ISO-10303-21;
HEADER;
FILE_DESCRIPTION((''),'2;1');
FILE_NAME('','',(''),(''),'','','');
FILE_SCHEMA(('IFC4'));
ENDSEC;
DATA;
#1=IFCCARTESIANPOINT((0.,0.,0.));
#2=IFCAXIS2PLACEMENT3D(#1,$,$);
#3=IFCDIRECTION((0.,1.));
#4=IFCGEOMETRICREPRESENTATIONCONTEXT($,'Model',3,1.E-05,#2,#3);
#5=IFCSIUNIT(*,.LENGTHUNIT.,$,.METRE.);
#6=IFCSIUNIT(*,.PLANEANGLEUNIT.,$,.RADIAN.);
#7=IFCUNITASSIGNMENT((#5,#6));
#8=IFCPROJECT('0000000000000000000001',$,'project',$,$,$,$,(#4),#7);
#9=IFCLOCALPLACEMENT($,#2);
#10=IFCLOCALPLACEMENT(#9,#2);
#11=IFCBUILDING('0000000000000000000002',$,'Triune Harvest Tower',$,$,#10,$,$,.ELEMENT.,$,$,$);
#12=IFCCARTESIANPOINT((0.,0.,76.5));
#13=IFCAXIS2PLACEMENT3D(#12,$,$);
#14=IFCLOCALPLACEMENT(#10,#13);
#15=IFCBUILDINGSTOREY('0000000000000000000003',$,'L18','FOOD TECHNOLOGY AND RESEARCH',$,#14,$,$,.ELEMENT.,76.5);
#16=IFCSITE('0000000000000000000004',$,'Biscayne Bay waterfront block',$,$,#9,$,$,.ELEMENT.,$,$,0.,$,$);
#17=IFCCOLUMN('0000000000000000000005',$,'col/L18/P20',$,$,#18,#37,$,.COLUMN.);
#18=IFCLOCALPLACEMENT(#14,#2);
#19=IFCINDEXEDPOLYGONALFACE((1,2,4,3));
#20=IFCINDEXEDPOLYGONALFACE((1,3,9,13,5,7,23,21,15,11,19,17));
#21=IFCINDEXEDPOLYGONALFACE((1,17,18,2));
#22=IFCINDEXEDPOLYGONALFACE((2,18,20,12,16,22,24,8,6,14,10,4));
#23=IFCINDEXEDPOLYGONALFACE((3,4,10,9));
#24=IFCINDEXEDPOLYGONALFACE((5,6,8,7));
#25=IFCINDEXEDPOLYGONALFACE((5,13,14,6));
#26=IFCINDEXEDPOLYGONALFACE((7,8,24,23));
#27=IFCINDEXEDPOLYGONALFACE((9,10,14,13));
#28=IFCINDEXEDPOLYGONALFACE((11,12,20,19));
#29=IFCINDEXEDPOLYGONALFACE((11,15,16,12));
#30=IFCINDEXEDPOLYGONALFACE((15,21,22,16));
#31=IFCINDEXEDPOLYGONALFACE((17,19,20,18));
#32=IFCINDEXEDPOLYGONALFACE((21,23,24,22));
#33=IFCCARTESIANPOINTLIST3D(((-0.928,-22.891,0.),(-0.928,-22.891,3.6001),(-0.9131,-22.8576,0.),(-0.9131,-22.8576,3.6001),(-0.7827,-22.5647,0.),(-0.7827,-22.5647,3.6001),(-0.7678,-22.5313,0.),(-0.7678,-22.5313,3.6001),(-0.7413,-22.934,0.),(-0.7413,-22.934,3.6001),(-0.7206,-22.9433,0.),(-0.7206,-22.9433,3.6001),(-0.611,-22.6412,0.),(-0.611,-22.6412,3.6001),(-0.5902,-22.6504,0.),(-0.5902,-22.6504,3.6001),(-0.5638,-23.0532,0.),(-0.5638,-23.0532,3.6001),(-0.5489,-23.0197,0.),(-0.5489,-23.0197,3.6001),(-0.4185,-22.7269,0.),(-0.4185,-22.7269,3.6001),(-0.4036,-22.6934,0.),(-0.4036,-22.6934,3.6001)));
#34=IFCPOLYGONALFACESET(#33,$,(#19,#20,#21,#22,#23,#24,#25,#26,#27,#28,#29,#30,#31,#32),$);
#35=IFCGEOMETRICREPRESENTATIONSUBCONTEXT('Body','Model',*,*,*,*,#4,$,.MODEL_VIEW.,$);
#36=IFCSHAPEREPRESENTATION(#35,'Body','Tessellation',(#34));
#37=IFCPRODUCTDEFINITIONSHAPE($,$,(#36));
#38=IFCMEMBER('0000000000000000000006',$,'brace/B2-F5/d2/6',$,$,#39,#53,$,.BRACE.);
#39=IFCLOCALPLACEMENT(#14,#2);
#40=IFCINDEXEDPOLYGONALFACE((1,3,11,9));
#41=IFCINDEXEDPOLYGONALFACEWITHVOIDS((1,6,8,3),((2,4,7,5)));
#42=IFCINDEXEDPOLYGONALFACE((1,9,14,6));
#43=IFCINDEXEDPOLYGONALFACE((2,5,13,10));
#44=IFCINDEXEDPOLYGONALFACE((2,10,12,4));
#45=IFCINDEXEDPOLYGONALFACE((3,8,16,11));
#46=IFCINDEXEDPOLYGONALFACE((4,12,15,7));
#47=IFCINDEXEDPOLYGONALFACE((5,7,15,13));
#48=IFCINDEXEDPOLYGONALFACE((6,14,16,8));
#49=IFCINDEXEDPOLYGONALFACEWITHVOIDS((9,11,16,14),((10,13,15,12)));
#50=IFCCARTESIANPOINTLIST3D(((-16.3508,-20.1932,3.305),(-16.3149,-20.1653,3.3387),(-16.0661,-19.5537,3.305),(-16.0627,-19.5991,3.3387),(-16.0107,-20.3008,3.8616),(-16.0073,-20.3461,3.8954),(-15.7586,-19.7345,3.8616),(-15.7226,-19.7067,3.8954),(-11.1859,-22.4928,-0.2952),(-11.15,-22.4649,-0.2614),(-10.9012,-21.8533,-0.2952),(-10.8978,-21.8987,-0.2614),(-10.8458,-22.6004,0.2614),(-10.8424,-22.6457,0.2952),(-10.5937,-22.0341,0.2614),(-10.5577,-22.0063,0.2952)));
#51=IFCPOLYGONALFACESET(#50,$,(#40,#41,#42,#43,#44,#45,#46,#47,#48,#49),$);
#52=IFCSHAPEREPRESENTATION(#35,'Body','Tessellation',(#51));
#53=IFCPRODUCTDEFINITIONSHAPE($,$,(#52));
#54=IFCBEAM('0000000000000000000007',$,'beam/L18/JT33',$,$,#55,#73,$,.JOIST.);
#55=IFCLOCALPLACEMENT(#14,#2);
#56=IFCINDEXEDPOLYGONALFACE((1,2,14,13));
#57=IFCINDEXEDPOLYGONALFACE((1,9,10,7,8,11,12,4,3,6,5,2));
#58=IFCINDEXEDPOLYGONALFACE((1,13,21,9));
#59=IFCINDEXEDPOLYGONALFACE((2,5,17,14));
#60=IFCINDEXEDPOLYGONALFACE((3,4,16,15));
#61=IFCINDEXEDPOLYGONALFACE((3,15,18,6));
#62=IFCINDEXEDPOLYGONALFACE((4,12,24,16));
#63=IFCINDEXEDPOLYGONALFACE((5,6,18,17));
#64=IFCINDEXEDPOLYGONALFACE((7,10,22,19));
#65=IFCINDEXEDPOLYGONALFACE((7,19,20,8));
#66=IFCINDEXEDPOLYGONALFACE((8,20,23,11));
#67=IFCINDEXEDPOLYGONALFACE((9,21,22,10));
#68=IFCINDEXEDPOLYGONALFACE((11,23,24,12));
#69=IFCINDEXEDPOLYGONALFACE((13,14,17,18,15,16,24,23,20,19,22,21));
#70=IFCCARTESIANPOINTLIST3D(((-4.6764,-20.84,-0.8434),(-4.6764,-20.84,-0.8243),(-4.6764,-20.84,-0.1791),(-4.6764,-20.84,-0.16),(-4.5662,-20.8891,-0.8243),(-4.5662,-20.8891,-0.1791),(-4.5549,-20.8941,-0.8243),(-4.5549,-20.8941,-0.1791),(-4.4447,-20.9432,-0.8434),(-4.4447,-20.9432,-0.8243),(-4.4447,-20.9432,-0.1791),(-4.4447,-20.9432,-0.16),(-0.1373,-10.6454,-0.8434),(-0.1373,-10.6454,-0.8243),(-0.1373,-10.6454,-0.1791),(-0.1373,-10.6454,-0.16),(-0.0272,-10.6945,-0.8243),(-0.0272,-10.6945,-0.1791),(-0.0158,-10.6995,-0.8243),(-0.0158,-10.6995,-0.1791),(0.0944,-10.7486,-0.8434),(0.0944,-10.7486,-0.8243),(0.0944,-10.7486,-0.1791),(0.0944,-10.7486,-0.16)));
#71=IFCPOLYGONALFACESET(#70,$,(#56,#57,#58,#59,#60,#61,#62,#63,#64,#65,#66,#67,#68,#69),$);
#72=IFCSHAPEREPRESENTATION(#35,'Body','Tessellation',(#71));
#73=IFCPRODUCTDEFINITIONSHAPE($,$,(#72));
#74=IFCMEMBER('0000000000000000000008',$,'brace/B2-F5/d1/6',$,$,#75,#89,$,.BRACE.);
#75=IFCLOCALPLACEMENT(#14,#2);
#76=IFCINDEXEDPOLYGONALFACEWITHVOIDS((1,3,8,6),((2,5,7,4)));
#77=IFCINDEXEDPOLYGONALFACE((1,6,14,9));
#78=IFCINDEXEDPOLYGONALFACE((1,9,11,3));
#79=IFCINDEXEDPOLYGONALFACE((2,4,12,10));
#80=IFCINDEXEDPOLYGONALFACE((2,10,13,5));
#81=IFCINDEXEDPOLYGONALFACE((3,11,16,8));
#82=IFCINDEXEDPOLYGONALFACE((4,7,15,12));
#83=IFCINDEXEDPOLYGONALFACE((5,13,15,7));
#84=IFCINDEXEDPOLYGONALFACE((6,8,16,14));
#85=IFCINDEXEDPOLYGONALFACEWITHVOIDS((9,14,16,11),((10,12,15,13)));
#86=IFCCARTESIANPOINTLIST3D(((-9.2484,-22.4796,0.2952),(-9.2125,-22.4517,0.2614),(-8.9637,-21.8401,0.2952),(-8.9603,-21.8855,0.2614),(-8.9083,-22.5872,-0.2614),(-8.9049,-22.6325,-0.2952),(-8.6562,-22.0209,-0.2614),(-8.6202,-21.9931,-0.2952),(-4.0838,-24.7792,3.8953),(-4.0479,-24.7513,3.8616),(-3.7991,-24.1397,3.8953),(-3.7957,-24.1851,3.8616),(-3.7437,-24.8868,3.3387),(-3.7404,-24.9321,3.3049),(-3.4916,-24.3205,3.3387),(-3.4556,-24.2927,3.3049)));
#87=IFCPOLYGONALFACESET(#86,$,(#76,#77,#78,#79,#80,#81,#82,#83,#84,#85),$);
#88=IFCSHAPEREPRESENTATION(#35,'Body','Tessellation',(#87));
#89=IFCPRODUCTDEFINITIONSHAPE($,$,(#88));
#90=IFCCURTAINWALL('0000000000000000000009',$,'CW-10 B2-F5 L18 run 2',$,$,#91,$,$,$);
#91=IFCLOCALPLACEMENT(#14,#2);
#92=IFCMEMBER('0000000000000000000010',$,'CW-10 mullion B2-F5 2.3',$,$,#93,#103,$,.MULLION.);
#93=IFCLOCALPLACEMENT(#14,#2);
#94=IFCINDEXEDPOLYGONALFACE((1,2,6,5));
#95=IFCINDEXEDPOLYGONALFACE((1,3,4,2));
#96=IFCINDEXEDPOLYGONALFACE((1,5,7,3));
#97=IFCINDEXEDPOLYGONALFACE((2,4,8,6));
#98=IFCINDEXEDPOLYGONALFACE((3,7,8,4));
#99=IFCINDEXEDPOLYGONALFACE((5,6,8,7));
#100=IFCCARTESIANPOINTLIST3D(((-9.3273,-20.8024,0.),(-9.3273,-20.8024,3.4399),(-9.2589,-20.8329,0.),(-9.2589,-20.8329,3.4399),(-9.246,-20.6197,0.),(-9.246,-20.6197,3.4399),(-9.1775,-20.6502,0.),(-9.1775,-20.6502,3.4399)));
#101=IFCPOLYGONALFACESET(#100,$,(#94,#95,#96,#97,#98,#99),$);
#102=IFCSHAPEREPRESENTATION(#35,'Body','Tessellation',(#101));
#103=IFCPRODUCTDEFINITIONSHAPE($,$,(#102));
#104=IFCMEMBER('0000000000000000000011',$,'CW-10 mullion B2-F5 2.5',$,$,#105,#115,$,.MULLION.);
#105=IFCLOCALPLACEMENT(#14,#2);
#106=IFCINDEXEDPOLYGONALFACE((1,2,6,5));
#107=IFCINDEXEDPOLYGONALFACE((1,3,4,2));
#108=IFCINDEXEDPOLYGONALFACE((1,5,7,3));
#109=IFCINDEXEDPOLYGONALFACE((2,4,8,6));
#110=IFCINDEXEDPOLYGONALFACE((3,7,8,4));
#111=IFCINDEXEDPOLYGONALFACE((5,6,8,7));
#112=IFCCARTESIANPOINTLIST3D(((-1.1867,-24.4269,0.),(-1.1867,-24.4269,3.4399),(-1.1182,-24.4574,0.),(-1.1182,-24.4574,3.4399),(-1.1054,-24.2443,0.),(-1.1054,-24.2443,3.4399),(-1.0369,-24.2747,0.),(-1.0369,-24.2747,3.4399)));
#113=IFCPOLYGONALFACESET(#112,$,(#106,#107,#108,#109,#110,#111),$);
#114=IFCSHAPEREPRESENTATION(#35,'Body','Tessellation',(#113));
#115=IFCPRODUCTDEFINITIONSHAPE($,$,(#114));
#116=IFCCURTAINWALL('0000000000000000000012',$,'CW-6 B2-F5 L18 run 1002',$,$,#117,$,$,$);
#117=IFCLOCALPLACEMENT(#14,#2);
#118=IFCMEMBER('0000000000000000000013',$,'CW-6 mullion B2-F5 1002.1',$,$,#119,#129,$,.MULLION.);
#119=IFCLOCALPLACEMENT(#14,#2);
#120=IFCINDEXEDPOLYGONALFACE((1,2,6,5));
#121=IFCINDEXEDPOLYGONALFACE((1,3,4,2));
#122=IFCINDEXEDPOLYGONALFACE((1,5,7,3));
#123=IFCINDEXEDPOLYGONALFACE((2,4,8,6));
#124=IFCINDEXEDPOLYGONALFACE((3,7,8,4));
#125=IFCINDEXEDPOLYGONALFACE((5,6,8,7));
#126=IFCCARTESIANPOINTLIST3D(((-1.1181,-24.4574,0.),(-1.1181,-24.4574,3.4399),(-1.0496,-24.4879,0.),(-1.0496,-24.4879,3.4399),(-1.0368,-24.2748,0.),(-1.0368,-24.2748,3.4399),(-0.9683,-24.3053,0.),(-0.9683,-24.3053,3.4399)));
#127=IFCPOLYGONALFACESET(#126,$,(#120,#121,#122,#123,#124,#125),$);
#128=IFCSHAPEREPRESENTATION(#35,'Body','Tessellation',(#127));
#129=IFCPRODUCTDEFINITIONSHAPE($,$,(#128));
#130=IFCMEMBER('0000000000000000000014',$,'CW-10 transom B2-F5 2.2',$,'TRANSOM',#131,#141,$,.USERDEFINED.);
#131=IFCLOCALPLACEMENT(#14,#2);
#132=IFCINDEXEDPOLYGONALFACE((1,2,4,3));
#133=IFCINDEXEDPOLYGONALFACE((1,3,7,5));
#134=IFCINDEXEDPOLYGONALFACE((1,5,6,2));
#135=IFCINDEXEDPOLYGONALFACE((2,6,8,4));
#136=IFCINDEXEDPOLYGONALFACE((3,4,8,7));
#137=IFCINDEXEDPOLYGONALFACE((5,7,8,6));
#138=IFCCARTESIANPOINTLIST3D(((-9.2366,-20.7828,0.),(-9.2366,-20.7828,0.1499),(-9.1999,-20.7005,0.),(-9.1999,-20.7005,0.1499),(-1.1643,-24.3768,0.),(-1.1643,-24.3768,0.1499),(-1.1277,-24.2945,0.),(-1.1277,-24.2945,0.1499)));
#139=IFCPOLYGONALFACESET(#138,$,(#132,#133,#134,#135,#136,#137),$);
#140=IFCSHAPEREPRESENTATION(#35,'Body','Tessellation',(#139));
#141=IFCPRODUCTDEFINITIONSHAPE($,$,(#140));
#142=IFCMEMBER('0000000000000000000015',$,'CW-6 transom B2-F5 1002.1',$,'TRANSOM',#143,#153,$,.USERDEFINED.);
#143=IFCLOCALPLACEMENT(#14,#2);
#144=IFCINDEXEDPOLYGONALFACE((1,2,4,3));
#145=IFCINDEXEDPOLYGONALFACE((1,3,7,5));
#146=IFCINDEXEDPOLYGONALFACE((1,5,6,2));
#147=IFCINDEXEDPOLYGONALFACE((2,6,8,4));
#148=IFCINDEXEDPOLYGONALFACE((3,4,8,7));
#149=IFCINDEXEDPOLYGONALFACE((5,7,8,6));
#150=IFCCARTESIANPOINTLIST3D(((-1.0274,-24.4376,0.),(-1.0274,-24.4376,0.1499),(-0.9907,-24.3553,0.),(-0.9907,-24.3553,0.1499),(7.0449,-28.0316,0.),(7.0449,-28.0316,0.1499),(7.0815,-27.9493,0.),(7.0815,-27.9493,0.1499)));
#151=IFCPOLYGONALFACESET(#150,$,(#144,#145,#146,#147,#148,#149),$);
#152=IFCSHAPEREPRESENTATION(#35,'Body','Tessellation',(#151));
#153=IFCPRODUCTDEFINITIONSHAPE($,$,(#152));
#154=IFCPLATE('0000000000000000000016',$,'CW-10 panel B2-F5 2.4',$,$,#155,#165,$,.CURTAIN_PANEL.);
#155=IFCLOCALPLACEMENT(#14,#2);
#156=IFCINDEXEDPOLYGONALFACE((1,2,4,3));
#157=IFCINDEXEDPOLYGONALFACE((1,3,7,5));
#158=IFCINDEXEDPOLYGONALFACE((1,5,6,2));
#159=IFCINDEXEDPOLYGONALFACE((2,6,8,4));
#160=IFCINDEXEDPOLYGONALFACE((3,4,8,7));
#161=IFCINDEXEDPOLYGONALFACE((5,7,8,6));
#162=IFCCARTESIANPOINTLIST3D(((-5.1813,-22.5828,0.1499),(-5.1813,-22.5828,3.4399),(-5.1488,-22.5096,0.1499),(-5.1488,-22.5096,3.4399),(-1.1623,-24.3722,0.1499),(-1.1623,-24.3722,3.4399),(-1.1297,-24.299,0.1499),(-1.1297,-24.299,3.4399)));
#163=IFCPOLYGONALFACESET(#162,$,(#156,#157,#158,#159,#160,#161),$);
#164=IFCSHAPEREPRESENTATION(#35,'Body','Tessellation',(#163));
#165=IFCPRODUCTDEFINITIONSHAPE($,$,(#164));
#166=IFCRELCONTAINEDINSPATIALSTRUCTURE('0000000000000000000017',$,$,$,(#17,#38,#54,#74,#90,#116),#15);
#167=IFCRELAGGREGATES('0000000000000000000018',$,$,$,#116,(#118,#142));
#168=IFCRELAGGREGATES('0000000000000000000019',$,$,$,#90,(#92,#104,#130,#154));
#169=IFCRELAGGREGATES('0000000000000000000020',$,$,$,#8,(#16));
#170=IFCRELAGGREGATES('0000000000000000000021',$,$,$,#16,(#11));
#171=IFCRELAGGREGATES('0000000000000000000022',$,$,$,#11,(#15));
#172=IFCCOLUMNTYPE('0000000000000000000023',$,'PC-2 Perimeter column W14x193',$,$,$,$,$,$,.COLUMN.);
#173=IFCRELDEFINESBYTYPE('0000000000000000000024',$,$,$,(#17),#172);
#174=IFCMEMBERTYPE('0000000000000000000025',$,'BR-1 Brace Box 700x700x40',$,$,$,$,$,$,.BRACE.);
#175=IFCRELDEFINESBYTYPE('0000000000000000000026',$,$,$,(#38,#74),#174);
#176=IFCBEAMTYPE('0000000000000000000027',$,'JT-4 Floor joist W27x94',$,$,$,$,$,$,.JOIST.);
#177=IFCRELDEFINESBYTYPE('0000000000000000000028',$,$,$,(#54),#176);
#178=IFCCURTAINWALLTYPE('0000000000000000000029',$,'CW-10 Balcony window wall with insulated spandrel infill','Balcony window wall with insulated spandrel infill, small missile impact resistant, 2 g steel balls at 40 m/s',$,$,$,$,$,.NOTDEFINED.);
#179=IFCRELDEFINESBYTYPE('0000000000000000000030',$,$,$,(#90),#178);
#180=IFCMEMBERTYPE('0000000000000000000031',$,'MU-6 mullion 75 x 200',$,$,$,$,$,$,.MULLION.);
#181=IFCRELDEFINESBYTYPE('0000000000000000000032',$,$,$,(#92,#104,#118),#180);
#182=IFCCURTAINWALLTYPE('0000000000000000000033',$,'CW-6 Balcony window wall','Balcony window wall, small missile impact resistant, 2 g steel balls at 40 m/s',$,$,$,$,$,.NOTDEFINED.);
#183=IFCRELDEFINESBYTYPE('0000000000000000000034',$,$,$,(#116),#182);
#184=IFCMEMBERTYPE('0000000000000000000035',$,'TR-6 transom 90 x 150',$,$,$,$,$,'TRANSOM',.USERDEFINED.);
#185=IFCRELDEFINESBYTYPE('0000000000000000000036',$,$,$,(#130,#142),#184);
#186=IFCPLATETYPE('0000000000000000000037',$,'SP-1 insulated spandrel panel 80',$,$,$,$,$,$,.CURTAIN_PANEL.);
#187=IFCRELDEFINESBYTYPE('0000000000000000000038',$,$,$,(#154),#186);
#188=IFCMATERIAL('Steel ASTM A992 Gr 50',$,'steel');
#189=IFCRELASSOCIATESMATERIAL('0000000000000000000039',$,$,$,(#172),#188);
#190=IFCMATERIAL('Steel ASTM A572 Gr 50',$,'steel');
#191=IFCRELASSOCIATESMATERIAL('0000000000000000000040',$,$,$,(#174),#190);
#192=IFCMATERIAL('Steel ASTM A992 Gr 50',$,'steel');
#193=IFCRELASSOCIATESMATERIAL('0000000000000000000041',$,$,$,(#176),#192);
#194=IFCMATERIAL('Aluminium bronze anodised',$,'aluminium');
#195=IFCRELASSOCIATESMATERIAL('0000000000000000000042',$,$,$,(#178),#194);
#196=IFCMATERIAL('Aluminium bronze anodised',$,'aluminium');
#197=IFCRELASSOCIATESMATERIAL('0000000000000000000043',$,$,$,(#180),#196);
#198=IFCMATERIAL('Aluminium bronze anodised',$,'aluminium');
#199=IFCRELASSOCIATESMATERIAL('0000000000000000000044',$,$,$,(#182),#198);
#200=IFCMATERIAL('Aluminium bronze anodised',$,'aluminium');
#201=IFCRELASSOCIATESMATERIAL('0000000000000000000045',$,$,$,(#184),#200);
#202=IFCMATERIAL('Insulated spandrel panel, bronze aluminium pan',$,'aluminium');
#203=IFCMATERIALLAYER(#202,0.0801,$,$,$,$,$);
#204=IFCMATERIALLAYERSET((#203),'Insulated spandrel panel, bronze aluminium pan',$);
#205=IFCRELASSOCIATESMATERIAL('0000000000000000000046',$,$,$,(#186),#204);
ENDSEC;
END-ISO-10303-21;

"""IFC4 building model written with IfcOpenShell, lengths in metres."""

from ifc_helpers import new_model, si_unit, direction, frame, origin, origin_2d, place, context, subcontext, project, spatial, rectangle, hollow_rectangle, i_section, extrude, source, transform, mapped, material, layer, layer_set, material_profile, profile_set, type_object, element, aggregate, save


model = new_model("IFC4")

# Units and contexts
model_context = context("Model", 3, precision=1e-05, world=origin(), true_north=direction((0.0, 1.0)))
body_context = subcontext(model_context, "Body", "Model", "MODEL_VIEW")
ifc_project = project(units=[si_unit("LENGTHUNIT", "METRE"), si_unit("PLANEANGLEUNIT", "RADIAN")], contexts=[model_context])

# Site, building, storey
site_placement = place(None, origin())
site = spatial("IfcSite", under=ifc_project, at=site_placement, Name="Biscayne Bay waterfront block", CompositionType="ELEMENT", RefElevation=0.0)
building_placement = place(site_placement, origin())
building = spatial("IfcBuilding", under=site, at=building_placement, Name="Triune Harvest Tower", CompositionType="ELEMENT")
storey_placement = place(building_placement, frame((0.0, 0.0, 76.5)))
storey = spatial("IfcBuildingStorey", under=building, at=storey_placement, Name="L18", Description="FOOD TECHNOLOGY AND RESEARCH", CompositionType="ELEMENT", Elevation=76.5)

# Column
ifc_material_1 = material(Name="Steel ASTM A992 Gr 50", Category="steel")
ifc_material_profile_1 = material_profile(ifc_material_1, i_section(OverallWidth=0.3987, OverallDepth=0.3938, WebThickness=0.0227, FlangeThickness=0.0366, at=origin_2d()), Name="W14x193")
ifc_profile_set_1 = profile_set([ifc_material_profile_1], Name="Steel ASTM A992 Gr 50")
column_type = type_object("IfcColumnType", Name="PC-2 Perimeter column W14x193", PredefinedType="COLUMN", material=ifc_profile_set_1)
shared_shape_1 = source(origin(), body_context, "Body", "SweptSolid", [
    extrude(i_section(OverallWidth=0.3987, OverallDepth=0.3938, WebThickness=0.0227, FlangeThickness=0.0366, at=origin_2d()), origin(), (0.0, 0.0, 1.0), 3.6001),
])
column_placement = place(storey_placement, frame((-0.6658, -22.7922, 0.0), z_axis=(0.0, 0.0, 1.0), x_axis=(0.913545, -0.406737, 0.0)))
element("IfcColumn", 1, at=column_placement, inside=storey, type_object=column_type, Name="col/L18/P20", PredefinedType="COLUMN", context=body_context, shape_type="MappedRepresentation", body=[
    mapped(shared_shape_1, transform((0.0, 0.0, 0.0), scale=1.0)),
])

# Member
ifc_material_2 = material(Name="Steel ASTM A572 Gr 50", Category="steel")
ifc_material_profile_2 = material_profile(ifc_material_2, hollow_rectangle(XDim=0.7, YDim=0.7, WallThickness=0.04, at=origin_2d()), Name="Box 700x700x40")
ifc_profile_set_2 = profile_set([ifc_material_profile_2], Name="Steel ASTM A572 Gr 50")
member_type_1 = type_object("IfcMemberType", Name="BR-1 Brace Box 700x700x40", PredefinedType="BRACE", material=ifc_profile_set_2)
member_1_placement = place(storey_placement, frame((-10.8718, -22.2495, 0.0), z_axis=(-0.770575, 0.343089, 0.537126), x_axis=(-0.406743, -0.913542, 0.0)))
element("IfcMember", 2, at=member_1_placement, inside=storey, type_object=member_type_1, Name="brace/B2-F5/d2/6", PredefinedType="BRACE", context=body_context, shape_type="SweptSolid", body=[
    extrude(hollow_rectangle(XDim=0.7, YDim=0.7, WallThickness=0.04, at=origin_2d()), origin(), (0.0, 0.0, 1.0), 6.7026),
])

# Beam
ifc_material_3 = material(Name="Steel ASTM A992 Gr 50", Category="steel")
ifc_material_profile_3 = material_profile(ifc_material_3, i_section(OverallWidth=0.2537, OverallDepth=0.6833, WebThickness=0.0125, FlangeThickness=0.019, at=origin_2d()), Name="W27x94")
ifc_profile_set_3 = profile_set([ifc_material_profile_3], Name="Steel ASTM A992 Gr 50")
beam_type = type_object("IfcBeamType", Name="JT-4 Floor joist W27x94", PredefinedType="JOIST", material=ifc_profile_set_3)
shared_shape_2 = source(origin(), body_context, "Body", "SweptSolid", [
    extrude(i_section(OverallWidth=0.2537, OverallDepth=0.6833, WebThickness=0.0125, FlangeThickness=0.019, at=origin_2d()), origin(), (0.0, 0.0, 1.0), 11.1594),
])
beam_placement = place(storey_placement, frame((-4.5605, -20.8916, -0.5017), z_axis=(0.406747, 0.913541, 0.0), x_axis=(-0.913541, 0.406747, 0.0)))
element("IfcBeam", 3, at=beam_placement, inside=storey, type_object=beam_type, Name="beam/L18/JT33", PredefinedType="JOIST", context=body_context, shape_type="MappedRepresentation", body=[
    mapped(shared_shape_2, transform((0.0, 0.0, 0.0), scale=1.0)),
])

# Member
shared_shape_3 = source(origin(), body_context, "Body", "SweptSolid", [
    extrude(hollow_rectangle(XDim=0.7, YDim=0.7, WallThickness=0.04, at=origin_2d()), origin(), (0.0, 0.0, 1.0), 6.7024),
])
member_2_placement = place(storey_placement, frame((-8.9343, -22.2363, 0.0), z_axis=(0.77056, -0.343099, 0.537141), x_axis=(0.406759, 0.913535, 0.0)))
element("IfcMember", 4, at=member_2_placement, inside=storey, type_object=member_type_1, Name="brace/B2-F5/d1/6", PredefinedType="BRACE", context=body_context, shape_type="MappedRepresentation", body=[
    mapped(shared_shape_3, transform((0.0, 0.0, 0.0), scale=1.0)),
])

# Curtain wall, members
ifc_material_4 = material(Name="Aluminium bronze anodised", Category="aluminium")
curtain_wall_type_1 = type_object("IfcCurtainWallType", Name="CW-10 Balcony window wall with insulated spandrel infill", Description="Balcony window wall with insulated spandrel infill, small missile impact resistant, 2 g steel balls at 40 m/s", PredefinedType="NOTDEFINED", material=ifc_material_4)
curtain_wall_1_placement = place(storey_placement, origin())
curtain_wall_1 = element("IfcCurtainWall", 5, at=curtain_wall_1_placement, inside=storey, type_object=curtain_wall_type_1, Name="CW-10 B2-F5 L18 run 2")
ifc_material_5 = material(Name="Aluminium bronze anodised", Category="aluminium")
ifc_material_profile_4 = material_profile(ifc_material_5, rectangle(XDim=0.2, YDim=0.075, at=origin_2d()), Name="MU-6 mullion 75 x 200")
ifc_profile_set_4 = profile_set([ifc_material_profile_4], Name="Aluminium bronze anodised")
member_type_2 = type_object("IfcMemberType", Name="MU-6 mullion 75 x 200", PredefinedType="MULLION", material=ifc_profile_set_4)
shared_shape_4 = source(origin(), body_context, "Body", "SweptSolid", [
    extrude(rectangle(XDim=0.2, YDim=0.075, at=origin_2d()), origin(), (0.0, 0.0, 1.0), 3.4399),
])
member_3_placement = place(storey_placement, frame((-9.2524, -20.7263, 0.0), z_axis=(0.0, 0.0, 1.0), x_axis=(0.406737, 0.913545, 0.0)))
member_3 = element("IfcMember", 6, at=member_3_placement, type_object=member_type_2, Name="CW-10 mullion B2-F5 2.3", PredefinedType="MULLION", context=body_context, shape_type="MappedRepresentation", body=[
    mapped(shared_shape_4, transform((0.0, 0.0, 0.0), scale=1.0)),
])
member_4_placement = place(storey_placement, frame((-1.1118, -24.3508, 0.0), z_axis=(0.0, 0.0, 1.0), x_axis=(0.406737, 0.913545, 0.0)))
member_4 = element("IfcMember", 7, at=member_4_placement, type_object=member_type_2, Name="CW-10 mullion B2-F5 2.5", PredefinedType="MULLION", context=body_context, shape_type="MappedRepresentation", body=[
    mapped(shared_shape_4, transform((0.0, 0.0, 0.0), scale=1.0)),
])

# Curtain wall, member
ifc_material_6 = material(Name="Aluminium bronze anodised", Category="aluminium")
curtain_wall_type_2 = type_object("IfcCurtainWallType", Name="CW-6 Balcony window wall", Description="Balcony window wall, small missile impact resistant, 2 g steel balls at 40 m/s", PredefinedType="NOTDEFINED", material=ifc_material_6)
curtain_wall_2_placement = place(storey_placement, origin())
curtain_wall_2 = element("IfcCurtainWall", 8, at=curtain_wall_2_placement, inside=storey, type_object=curtain_wall_type_2, Name="CW-6 B2-F5 L18 run 1002")
member_5_placement = place(storey_placement, frame((-1.0432, -24.3813, 0.0), z_axis=(0.0, 0.0, 1.0), x_axis=(0.406737, 0.913545, 0.0)))
member_5 = element("IfcMember", 9, at=member_5_placement, type_object=member_type_2, Name="CW-6 mullion B2-F5 1002.1", PredefinedType="MULLION", context=body_context, shape_type="MappedRepresentation", body=[
    mapped(shared_shape_4, transform((0.0, 0.0, 0.0), scale=1.0)),
])

# Members
ifc_material_7 = material(Name="Aluminium bronze anodised", Category="aluminium")
ifc_material_profile_5 = material_profile(ifc_material_7, rectangle(XDim=0.0901, YDim=0.1499, at=origin_2d()), Name="TR-6 transom 90 x 150")
ifc_profile_set_5 = profile_set([ifc_material_profile_5], Name="Aluminium bronze anodised")
member_type_3 = type_object("IfcMemberType", Name="TR-6 transom 90 x 150", ElementType="TRANSOM", PredefinedType="USERDEFINED", material=ifc_profile_set_5)
shared_shape_5 = source(origin(), body_context, "Body", "SweptSolid", [
    extrude(rectangle(XDim=0.0901, YDim=0.1499, at=origin_2d()), origin(), (0.0, 0.0, 1.0), 8.8362),
])
member_6_placement = place(storey_placement, frame((-9.2183, -20.7417, 0.075), z_axis=(0.913546, -0.406736, 0.0), x_axis=(0.406736, 0.913546, 0.0)))
member_6 = element("IfcMember", 10, at=member_6_placement, type_object=member_type_3, Name="CW-10 transom B2-F5 2.2", ObjectType="TRANSOM", PredefinedType="USERDEFINED", context=body_context, shape_type="MappedRepresentation", body=[
    mapped(shared_shape_5, transform((0.0, 0.0, 0.0), scale=1.0)),
])
member_7_placement = place(storey_placement, frame((-1.009, -24.3965, 0.075), z_axis=(0.913546, -0.406736, 0.0), x_axis=(0.406736, 0.913546, 0.0)))
member_7 = element("IfcMember", 11, at=member_7_placement, type_object=member_type_3, Name="CW-6 transom B2-F5 1002.1", ObjectType="TRANSOM", PredefinedType="USERDEFINED", context=body_context, shape_type="MappedRepresentation", body=[
    mapped(shared_shape_5, transform((0.0, 0.0, 0.0), scale=1.0)),
])
aggregate(curtain_wall_2, [member_5, member_7])

# Plate
ifc_material_8 = material(Name="Insulated spandrel panel, bronze aluminium pan", Category="aluminium")
ifc_layer_1 = layer(ifc_material_8, 0.0801)
ifc_layer_set_1 = layer_set([ifc_layer_1], Name="Insulated spandrel panel, bronze aluminium pan")
plate_type = type_object("IfcPlateType", Name="SP-1 insulated spandrel panel 80", PredefinedType="CURTAIN_PANEL", material=ifc_layer_set_1)
shared_shape_6 = source(origin(), body_context, "Body", "SweptSolid", [
    extrude(rectangle(XDim=4.3994, YDim=0.0801, at=origin_2d()), origin(), (0.0, 0.0, 1.0), 3.29),
])
plate_1_placement = place(storey_placement, frame((-3.1555, -23.4409, 0.1499), z_axis=(0.0, 0.0, 1.0), x_axis=(0.913545, -0.406737, 0.0)))
plate_1 = element("IfcPlate", 12, at=plate_1_placement, type_object=plate_type, Name="CW-10 panel B2-F5 2.4", PredefinedType="CURTAIN_PANEL", context=body_context, shape_type="MappedRepresentation", body=[
    mapped(shared_shape_6, transform((0.0, 0.0, 0.0), scale=1.0)),
])
aggregate(curtain_wall_1, [member_3, member_4, member_6, plate_1])

save(model, "model.ifc")
